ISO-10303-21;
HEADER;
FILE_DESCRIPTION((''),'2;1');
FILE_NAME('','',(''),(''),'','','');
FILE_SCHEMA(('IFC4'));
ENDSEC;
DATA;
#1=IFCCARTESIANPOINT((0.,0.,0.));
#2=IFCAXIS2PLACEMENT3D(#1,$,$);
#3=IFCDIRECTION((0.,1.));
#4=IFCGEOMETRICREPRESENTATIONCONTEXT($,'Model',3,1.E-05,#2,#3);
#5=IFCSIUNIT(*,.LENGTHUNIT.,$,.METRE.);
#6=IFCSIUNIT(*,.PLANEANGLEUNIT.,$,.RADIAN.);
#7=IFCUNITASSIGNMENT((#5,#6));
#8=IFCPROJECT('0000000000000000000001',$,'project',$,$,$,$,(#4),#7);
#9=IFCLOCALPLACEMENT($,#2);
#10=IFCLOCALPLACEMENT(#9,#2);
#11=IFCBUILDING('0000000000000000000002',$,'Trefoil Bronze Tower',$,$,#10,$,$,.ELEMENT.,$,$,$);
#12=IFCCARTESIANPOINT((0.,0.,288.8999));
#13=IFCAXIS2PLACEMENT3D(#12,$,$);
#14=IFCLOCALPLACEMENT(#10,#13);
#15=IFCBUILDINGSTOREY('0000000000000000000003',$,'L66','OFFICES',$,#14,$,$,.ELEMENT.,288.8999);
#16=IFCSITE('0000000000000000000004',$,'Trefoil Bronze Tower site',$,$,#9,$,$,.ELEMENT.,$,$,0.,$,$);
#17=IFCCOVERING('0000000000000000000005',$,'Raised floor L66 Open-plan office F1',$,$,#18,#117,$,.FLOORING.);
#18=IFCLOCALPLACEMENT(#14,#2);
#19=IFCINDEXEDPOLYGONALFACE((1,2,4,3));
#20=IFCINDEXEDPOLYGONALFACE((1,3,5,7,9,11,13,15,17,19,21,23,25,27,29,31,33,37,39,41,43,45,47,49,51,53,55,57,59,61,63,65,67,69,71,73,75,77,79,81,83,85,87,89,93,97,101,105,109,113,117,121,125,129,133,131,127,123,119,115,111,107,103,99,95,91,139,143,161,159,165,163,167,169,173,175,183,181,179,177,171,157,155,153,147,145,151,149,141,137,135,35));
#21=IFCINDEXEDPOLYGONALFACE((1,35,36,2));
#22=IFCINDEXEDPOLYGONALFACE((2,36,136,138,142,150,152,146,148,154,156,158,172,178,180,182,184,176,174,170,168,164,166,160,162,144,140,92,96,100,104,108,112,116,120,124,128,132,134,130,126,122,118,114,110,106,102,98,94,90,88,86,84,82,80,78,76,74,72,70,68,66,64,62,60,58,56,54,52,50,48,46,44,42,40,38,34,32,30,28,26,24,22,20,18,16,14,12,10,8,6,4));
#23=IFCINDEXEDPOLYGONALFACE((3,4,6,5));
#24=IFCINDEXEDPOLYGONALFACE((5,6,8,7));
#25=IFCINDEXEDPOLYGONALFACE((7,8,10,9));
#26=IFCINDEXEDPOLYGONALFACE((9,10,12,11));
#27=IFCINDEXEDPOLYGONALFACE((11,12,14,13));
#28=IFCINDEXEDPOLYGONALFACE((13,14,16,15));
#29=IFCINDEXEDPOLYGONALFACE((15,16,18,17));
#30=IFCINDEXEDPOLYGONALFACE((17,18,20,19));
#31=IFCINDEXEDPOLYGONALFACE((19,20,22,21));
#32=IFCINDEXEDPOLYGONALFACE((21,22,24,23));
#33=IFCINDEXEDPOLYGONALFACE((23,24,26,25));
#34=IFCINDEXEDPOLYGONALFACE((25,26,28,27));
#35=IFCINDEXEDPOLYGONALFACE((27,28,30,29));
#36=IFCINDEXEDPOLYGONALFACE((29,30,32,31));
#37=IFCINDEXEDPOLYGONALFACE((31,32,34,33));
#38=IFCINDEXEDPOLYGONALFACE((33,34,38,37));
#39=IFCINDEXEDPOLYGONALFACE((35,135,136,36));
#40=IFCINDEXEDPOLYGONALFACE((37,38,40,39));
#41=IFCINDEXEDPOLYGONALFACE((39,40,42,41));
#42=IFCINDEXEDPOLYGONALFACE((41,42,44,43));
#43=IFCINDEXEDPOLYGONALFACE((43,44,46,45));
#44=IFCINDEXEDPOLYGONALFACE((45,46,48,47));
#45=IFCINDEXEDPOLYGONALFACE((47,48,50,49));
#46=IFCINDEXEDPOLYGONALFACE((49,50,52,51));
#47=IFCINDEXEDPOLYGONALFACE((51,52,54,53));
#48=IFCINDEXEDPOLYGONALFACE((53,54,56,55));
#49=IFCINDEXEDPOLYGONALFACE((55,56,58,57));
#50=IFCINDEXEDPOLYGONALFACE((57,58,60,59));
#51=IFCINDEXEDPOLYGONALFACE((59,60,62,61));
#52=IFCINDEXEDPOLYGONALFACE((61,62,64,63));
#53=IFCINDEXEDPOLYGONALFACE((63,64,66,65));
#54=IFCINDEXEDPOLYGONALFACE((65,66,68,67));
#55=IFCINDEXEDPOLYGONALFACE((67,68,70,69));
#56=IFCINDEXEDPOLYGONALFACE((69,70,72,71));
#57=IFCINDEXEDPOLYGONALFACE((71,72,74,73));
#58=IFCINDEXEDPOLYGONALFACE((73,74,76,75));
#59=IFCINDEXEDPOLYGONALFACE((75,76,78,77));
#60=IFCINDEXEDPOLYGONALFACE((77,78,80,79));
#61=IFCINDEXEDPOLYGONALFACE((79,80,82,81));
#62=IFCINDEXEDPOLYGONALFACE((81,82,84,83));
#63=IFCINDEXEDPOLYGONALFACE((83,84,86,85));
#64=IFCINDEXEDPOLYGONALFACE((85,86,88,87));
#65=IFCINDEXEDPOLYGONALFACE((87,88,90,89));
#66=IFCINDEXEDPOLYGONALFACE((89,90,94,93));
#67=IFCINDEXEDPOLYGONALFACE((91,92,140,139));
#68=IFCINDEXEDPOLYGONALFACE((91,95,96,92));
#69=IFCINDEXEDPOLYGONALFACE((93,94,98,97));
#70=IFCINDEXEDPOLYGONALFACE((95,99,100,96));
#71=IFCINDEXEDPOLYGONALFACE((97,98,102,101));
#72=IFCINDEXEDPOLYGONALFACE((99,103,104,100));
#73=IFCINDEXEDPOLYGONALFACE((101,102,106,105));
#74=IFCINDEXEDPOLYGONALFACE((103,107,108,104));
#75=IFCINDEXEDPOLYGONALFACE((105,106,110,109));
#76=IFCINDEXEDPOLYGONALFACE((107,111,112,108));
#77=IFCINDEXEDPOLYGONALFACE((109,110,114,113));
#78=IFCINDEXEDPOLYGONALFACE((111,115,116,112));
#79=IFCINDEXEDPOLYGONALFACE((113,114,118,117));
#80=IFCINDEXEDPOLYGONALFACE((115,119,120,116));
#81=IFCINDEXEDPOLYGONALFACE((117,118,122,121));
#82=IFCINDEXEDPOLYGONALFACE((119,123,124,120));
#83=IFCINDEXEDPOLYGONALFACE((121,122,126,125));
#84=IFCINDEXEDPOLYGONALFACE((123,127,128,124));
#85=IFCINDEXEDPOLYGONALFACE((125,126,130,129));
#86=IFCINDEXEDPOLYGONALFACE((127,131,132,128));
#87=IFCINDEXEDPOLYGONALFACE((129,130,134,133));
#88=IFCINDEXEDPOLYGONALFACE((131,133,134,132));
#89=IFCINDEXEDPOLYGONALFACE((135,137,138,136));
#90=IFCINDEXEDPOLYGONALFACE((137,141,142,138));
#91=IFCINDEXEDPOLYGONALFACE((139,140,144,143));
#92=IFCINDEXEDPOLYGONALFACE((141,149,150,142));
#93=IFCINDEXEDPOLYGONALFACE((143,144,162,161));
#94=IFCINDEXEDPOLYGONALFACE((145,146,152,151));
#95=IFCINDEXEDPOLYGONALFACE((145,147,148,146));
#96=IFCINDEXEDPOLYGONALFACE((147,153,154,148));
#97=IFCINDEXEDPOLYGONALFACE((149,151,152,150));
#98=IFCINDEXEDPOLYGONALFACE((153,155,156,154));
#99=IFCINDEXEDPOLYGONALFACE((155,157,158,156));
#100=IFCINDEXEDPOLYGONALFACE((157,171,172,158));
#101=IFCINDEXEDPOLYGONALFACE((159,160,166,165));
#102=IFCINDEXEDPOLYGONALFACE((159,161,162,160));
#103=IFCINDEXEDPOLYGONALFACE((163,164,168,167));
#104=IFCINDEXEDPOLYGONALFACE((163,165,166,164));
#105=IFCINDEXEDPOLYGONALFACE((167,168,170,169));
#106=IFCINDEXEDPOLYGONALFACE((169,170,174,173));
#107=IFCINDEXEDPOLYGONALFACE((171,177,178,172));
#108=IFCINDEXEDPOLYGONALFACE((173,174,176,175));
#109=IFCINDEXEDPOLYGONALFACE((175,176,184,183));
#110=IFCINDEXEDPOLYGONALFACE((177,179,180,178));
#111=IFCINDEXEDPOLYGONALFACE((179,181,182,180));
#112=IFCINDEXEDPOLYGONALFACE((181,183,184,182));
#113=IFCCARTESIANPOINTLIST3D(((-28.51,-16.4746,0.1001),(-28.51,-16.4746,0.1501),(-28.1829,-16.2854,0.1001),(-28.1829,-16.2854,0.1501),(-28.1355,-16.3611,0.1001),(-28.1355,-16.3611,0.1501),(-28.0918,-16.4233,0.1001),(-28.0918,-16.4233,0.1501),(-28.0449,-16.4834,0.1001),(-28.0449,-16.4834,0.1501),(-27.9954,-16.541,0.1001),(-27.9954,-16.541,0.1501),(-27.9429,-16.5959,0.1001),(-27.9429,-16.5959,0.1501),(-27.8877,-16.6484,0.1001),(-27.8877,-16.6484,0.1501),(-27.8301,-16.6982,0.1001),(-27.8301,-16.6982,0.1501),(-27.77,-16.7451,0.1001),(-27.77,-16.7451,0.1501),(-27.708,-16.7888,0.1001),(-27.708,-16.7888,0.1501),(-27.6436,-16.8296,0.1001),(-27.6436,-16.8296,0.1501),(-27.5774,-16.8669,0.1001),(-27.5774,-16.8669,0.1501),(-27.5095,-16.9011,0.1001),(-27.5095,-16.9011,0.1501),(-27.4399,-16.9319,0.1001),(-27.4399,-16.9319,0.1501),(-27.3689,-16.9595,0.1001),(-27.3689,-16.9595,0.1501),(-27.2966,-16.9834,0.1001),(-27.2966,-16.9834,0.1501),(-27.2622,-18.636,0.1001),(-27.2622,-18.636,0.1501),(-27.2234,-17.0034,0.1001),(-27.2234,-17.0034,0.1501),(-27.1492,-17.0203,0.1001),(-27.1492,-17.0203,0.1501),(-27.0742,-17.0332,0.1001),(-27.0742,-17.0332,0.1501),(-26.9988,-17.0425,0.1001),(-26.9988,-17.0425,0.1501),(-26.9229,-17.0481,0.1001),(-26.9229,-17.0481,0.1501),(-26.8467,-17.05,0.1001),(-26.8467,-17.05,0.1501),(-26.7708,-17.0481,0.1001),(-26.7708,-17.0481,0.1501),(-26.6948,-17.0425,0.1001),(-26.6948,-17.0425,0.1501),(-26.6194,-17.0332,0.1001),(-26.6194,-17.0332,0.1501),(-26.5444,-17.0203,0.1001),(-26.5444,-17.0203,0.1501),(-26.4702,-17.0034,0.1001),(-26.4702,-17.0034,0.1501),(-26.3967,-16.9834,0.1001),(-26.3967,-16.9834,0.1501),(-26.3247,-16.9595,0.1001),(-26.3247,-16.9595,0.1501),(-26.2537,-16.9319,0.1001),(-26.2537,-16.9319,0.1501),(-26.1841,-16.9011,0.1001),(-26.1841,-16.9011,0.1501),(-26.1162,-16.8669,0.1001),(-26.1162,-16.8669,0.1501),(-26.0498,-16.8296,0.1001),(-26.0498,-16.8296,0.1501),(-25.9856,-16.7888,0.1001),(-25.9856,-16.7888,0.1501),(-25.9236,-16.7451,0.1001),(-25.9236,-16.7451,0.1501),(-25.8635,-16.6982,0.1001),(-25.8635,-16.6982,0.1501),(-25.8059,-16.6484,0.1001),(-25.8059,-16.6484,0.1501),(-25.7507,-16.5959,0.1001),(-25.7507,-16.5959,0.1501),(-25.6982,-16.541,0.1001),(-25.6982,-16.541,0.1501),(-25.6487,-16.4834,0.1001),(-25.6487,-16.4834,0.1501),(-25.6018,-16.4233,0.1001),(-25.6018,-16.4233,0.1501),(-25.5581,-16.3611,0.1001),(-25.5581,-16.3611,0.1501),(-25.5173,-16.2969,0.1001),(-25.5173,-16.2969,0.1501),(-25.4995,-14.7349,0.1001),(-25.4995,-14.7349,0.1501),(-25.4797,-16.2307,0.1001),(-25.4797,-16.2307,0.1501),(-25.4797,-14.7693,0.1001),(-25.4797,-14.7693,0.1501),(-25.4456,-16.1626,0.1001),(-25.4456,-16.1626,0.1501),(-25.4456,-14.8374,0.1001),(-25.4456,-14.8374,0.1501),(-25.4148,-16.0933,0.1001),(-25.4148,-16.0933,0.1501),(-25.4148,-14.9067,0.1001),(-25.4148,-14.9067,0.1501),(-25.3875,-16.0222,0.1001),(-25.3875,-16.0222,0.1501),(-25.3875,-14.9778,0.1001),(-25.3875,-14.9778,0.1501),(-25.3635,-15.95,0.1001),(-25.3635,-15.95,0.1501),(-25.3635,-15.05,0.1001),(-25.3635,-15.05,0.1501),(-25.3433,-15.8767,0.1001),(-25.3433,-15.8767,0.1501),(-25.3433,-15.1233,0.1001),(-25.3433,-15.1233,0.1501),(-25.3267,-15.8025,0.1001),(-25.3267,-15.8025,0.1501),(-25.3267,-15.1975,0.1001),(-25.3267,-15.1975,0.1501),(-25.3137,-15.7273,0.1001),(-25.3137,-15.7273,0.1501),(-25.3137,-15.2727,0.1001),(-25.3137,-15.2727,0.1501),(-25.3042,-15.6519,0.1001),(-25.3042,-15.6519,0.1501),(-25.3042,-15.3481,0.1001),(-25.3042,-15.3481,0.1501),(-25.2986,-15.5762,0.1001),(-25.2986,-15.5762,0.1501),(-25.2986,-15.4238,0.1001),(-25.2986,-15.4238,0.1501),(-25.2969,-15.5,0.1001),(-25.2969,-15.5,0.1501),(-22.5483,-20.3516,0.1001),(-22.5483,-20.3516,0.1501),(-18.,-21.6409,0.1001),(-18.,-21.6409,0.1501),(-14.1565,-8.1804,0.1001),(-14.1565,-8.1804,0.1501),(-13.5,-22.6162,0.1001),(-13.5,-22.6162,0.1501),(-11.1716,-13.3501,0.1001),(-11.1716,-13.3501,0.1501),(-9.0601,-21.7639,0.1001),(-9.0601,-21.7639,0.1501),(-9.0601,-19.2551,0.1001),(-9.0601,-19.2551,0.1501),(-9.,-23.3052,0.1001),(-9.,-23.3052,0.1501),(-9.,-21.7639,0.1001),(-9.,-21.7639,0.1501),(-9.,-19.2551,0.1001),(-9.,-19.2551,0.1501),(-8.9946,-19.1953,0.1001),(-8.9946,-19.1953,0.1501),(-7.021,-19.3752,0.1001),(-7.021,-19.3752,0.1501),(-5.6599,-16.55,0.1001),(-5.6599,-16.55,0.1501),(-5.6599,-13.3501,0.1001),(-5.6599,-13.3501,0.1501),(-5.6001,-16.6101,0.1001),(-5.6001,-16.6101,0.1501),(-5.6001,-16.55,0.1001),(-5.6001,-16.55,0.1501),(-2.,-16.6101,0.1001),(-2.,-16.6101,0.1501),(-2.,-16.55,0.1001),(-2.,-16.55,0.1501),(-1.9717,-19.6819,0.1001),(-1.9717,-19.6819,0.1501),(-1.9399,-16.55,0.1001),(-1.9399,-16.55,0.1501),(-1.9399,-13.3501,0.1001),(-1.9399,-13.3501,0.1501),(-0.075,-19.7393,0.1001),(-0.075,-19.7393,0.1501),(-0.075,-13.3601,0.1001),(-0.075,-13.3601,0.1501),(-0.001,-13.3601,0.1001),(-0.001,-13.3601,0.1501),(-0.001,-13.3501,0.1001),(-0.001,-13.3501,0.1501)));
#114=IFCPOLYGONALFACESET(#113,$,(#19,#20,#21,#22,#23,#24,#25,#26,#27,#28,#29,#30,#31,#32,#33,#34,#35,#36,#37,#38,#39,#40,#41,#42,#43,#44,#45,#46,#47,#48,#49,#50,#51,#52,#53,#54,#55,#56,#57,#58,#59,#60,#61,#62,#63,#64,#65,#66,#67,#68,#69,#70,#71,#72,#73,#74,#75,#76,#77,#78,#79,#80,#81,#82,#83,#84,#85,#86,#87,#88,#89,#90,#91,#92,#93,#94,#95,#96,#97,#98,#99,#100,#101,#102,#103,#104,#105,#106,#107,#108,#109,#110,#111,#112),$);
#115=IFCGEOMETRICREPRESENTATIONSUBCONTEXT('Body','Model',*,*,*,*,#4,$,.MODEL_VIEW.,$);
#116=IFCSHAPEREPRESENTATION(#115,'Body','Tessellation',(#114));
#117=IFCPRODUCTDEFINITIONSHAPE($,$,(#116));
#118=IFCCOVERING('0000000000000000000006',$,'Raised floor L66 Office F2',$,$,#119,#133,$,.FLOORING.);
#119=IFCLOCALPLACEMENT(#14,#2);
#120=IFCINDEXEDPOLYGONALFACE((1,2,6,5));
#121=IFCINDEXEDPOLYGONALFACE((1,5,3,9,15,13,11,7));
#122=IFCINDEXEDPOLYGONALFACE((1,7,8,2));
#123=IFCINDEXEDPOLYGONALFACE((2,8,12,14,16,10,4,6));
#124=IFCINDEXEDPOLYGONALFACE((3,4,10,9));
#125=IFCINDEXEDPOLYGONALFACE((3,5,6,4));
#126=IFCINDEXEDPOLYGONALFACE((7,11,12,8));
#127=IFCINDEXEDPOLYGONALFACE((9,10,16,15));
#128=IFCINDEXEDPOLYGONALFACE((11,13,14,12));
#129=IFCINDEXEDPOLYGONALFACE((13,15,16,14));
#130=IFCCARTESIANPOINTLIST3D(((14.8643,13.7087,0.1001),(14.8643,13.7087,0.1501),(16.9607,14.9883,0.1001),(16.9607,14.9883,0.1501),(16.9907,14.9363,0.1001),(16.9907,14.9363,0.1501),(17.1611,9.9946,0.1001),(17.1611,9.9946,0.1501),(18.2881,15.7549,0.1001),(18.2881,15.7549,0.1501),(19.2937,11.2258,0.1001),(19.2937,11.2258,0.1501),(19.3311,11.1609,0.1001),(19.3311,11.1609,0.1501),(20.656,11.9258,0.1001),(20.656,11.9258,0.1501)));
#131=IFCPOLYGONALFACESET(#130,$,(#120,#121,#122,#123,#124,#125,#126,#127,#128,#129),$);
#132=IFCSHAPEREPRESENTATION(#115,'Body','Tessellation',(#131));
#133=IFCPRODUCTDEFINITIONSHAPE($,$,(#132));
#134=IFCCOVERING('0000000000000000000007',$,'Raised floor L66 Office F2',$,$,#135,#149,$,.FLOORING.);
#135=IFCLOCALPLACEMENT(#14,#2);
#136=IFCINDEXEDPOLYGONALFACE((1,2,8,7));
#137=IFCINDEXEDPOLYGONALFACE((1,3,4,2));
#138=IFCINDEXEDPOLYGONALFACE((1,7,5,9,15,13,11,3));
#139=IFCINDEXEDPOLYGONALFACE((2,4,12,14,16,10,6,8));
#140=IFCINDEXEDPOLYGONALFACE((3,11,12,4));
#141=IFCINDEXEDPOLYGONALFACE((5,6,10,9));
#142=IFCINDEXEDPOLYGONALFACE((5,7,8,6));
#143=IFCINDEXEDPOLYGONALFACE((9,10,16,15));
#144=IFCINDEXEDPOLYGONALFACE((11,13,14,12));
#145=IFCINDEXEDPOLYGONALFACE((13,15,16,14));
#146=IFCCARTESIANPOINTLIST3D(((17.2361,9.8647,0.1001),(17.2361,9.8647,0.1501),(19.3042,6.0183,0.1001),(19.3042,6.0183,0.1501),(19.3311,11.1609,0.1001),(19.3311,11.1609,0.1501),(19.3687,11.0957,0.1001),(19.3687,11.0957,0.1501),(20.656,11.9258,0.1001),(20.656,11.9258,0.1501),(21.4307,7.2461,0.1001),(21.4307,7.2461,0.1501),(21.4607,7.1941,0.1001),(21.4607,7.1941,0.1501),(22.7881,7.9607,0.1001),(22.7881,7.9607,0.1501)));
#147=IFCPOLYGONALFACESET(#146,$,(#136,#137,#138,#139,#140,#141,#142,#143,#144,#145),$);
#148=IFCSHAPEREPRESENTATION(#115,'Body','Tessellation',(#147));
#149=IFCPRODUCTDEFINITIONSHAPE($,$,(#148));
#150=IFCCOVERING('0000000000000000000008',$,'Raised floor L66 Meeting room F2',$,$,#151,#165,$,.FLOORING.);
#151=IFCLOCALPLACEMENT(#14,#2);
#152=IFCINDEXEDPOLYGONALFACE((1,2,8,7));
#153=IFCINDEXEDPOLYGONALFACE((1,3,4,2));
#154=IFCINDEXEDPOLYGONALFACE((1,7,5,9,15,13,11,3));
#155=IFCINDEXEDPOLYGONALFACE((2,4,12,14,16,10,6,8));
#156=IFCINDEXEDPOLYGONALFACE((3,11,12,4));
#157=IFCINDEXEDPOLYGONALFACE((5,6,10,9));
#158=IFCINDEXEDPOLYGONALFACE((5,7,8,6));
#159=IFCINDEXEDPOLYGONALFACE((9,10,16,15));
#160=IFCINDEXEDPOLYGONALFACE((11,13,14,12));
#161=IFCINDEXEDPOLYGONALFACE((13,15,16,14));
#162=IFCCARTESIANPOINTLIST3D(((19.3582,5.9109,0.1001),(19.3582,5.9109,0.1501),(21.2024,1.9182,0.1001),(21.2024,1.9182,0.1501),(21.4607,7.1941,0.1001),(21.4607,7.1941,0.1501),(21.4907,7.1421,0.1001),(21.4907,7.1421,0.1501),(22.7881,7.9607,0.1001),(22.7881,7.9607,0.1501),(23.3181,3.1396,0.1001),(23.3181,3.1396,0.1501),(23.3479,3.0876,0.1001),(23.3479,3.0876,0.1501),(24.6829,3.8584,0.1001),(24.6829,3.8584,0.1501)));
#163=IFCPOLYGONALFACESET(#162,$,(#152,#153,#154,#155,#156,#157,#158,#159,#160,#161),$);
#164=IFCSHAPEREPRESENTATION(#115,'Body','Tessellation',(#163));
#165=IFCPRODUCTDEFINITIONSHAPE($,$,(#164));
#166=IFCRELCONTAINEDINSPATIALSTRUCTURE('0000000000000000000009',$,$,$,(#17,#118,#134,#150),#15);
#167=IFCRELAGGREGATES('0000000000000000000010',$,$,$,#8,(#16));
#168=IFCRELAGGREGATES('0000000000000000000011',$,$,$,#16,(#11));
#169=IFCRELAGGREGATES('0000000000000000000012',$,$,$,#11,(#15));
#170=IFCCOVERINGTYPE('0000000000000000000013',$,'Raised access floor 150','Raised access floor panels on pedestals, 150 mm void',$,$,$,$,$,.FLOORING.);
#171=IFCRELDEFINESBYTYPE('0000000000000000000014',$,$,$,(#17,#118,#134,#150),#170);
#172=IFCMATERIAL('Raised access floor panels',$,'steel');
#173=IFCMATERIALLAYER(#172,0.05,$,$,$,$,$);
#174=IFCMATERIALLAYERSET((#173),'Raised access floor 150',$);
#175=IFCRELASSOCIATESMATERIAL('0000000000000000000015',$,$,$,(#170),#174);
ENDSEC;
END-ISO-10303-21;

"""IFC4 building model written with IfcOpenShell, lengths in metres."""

from ifc_helpers import new_model, si_unit, direction, frame, origin, place, context, subcontext, project, spatial, polyline, outline, extrude, material, layer, layer_set, type_object, element, save


model = new_model("IFC4")

# Units and contexts
model_context = context("Model", 3, precision=1e-05, world=origin(), true_north=direction((0.0, 1.0)))
body_context = subcontext(model_context, "Body", "Model", "MODEL_VIEW")
ifc_project = project(units=[si_unit("LENGTHUNIT", "METRE"), si_unit("PLANEANGLEUNIT", "RADIAN")], contexts=[model_context])

# Site, building, storey
site_placement = place(None, origin())
site = spatial("IfcSite", under=ifc_project, at=site_placement, Name="Trefoil Bronze Tower site", CompositionType="ELEMENT", RefElevation=0.0)
building_placement = place(site_placement, origin())
building = spatial("IfcBuilding", under=site, at=building_placement, Name="Trefoil Bronze Tower", CompositionType="ELEMENT")
storey_placement = place(building_placement, frame((0.0, 0.0, 288.8999)))
storey = spatial("IfcBuildingStorey", under=building, at=storey_placement, Name="L66", Description="OFFICES", CompositionType="ELEMENT", Elevation=288.8999)

# Coverings
ifc_material_1 = material(Name="Raised access floor panels", Category="steel")
ifc_layer_1 = layer(ifc_material_1, 0.05)
ifc_layer_set_1 = layer_set([ifc_layer_1], Name="Raised access floor 150")
covering_type_1 = type_object("IfcCoveringType", Name="Raised access floor 150", Description="Raised access floor panels on pedestals, 150 mm void", PredefinedType="FLOORING", material=ifc_layer_set_1)
covering_1_placement = place(storey_placement, frame((0.0, 0.0, 0.1001)))
element("IfcCovering", 1, at=covering_1_placement, inside=storey, type_object=covering_type_1, Name="Raised floor L66 Open-plan office F1", PredefinedType="FLOORING", context=body_context, shape_type="SweptSolid", body=[
    extrude(outline(polyline([(-25.4995, -14.7349), (-14.1565, -8.1804), (-11.1716, -13.3501), (-5.6599, -13.3501), (-5.6599, -16.55), (-5.6001, -16.55), (-5.6001, -16.6101), (-2.0, -16.6101), (-2.0, -16.55), (-1.9399, -16.55), (-1.9399, -13.3501), (-0.001, -13.3501), (-0.001, -13.3601), (-0.075, -13.3601), (-0.075, -19.7393), (-1.9717, -19.6819), (-7.021, -19.3752), (-8.9946, -19.1953), (-9.0, -19.2551), (-9.0601, -19.2551), (-9.0601, -21.7639), (-9.0, -21.7639), (-9.0, -23.3052), (-13.5, -22.6162), (-18.0, -21.6409), (-22.5483, -20.3516), (-27.2622, -18.636), (-28.51, -16.4746), (-28.1829, -16.2854), (-28.1355, -16.3611), (-28.0918, -16.4233), (-28.0449, -16.4834), (-27.9954, -16.541), (-27.9429, -16.5959), (-27.8877, -16.6484), (-27.8301, -16.6982), (-27.77, -16.7451), (-27.708, -16.7888), (-27.6436, -16.8296), (-27.5774, -16.8669), (-27.5095, -16.9011), (-27.4399, -16.9319), (-27.3689, -16.9595), (-27.2966, -16.9834), (-27.2234, -17.0034), (-27.1492, -17.0203), (-27.0742, -17.0332), (-26.9988, -17.0425), (-26.9229, -17.0481), (-26.8467, -17.05), (-26.7708, -17.0481), (-26.6948, -17.0425), (-26.6194, -17.0332), (-26.5444, -17.0203), (-26.4702, -17.0034), (-26.3967, -16.9834), (-26.3247, -16.9595), (-26.2537, -16.9319), (-26.1841, -16.9011), (-26.1162, -16.8669), (-26.0498, -16.8296), (-25.9856, -16.7888), (-25.9236, -16.7451), (-25.8635, -16.6982), (-25.8059, -16.6484), (-25.7507, -16.5959), (-25.6982, -16.541), (-25.6487, -16.4834), (-25.6018, -16.4233), (-25.5581, -16.3611), (-25.5173, -16.2969), (-25.4797, -16.2307), (-25.4456, -16.1626), (-25.4148, -16.0933), (-25.3875, -16.0222), (-25.3635, -15.95), (-25.3433, -15.8767), (-25.3267, -15.8025), (-25.3137, -15.7273), (-25.3042, -15.6519), (-25.2986, -15.5762), (-25.2969, -15.5), (-25.2986, -15.4238), (-25.3042, -15.3481), (-25.3137, -15.2727), (-25.3267, -15.1975), (-25.3433, -15.1233), (-25.3635, -15.05), (-25.3875, -14.9778), (-25.4148, -14.9067), (-25.4456, -14.8374), (-25.4797, -14.7693), (-25.4995, -14.7349)])), origin(), (0.0, 0.0, 1.0), 0.05),
])
covering_2_placement = place(storey_placement, frame((0.0, 0.0, 0.1001)))
element("IfcCovering", 2, at=covering_2_placement, inside=storey, type_object=covering_type_1, Name="Raised floor L66 Office F2", PredefinedType="FLOORING", context=body_context, shape_type="SweptSolid", body=[
    extrude(outline(polyline([(18.2881, 15.7549), (20.656, 11.9258), (19.3311, 11.1609), (19.2937, 11.2258), (17.1611, 9.9946), (14.8643, 13.7087), (16.9907, 14.9363), (16.9607, 14.9883), (18.2881, 15.7549)])), origin(), (0.0, 0.0, 1.0), 0.05),
])
covering_3_placement = place(storey_placement, frame((0.0, 0.0, 0.1001)))
element("IfcCovering", 3, at=covering_3_placement, inside=storey, type_object=covering_type_1, Name="Raised floor L66 Office F2", PredefinedType="FLOORING", context=body_context, shape_type="SweptSolid", body=[
    extrude(outline(polyline([(22.7881, 7.9607), (21.4607, 7.1941), (21.4307, 7.2461), (19.3042, 6.0183), (17.2361, 9.8647), (19.3687, 11.0957), (19.3311, 11.1609), (20.656, 11.9258), (22.7881, 7.9607)])), origin(), (0.0, 0.0, 1.0), 0.05),
])
covering_4_placement = place(storey_placement, frame((0.0, 0.0, 0.1001)))
element("IfcCovering", 4, at=covering_4_placement, inside=storey, type_object=covering_type_1, Name="Raised floor L66 Meeting room F2", PredefinedType="FLOORING", context=body_context, shape_type="SweptSolid", body=[
    extrude(outline(polyline([(22.7881, 7.9607), (24.6829, 3.8584), (23.3479, 3.0876), (23.3181, 3.1396), (21.2024, 1.9182), (19.3582, 5.9109), (21.4907, 7.1421), (21.4607, 7.1941), (22.7881, 7.9607)])), origin(), (0.0, 0.0, 1.0), 0.05),
])

save(model, "model.ifc")
